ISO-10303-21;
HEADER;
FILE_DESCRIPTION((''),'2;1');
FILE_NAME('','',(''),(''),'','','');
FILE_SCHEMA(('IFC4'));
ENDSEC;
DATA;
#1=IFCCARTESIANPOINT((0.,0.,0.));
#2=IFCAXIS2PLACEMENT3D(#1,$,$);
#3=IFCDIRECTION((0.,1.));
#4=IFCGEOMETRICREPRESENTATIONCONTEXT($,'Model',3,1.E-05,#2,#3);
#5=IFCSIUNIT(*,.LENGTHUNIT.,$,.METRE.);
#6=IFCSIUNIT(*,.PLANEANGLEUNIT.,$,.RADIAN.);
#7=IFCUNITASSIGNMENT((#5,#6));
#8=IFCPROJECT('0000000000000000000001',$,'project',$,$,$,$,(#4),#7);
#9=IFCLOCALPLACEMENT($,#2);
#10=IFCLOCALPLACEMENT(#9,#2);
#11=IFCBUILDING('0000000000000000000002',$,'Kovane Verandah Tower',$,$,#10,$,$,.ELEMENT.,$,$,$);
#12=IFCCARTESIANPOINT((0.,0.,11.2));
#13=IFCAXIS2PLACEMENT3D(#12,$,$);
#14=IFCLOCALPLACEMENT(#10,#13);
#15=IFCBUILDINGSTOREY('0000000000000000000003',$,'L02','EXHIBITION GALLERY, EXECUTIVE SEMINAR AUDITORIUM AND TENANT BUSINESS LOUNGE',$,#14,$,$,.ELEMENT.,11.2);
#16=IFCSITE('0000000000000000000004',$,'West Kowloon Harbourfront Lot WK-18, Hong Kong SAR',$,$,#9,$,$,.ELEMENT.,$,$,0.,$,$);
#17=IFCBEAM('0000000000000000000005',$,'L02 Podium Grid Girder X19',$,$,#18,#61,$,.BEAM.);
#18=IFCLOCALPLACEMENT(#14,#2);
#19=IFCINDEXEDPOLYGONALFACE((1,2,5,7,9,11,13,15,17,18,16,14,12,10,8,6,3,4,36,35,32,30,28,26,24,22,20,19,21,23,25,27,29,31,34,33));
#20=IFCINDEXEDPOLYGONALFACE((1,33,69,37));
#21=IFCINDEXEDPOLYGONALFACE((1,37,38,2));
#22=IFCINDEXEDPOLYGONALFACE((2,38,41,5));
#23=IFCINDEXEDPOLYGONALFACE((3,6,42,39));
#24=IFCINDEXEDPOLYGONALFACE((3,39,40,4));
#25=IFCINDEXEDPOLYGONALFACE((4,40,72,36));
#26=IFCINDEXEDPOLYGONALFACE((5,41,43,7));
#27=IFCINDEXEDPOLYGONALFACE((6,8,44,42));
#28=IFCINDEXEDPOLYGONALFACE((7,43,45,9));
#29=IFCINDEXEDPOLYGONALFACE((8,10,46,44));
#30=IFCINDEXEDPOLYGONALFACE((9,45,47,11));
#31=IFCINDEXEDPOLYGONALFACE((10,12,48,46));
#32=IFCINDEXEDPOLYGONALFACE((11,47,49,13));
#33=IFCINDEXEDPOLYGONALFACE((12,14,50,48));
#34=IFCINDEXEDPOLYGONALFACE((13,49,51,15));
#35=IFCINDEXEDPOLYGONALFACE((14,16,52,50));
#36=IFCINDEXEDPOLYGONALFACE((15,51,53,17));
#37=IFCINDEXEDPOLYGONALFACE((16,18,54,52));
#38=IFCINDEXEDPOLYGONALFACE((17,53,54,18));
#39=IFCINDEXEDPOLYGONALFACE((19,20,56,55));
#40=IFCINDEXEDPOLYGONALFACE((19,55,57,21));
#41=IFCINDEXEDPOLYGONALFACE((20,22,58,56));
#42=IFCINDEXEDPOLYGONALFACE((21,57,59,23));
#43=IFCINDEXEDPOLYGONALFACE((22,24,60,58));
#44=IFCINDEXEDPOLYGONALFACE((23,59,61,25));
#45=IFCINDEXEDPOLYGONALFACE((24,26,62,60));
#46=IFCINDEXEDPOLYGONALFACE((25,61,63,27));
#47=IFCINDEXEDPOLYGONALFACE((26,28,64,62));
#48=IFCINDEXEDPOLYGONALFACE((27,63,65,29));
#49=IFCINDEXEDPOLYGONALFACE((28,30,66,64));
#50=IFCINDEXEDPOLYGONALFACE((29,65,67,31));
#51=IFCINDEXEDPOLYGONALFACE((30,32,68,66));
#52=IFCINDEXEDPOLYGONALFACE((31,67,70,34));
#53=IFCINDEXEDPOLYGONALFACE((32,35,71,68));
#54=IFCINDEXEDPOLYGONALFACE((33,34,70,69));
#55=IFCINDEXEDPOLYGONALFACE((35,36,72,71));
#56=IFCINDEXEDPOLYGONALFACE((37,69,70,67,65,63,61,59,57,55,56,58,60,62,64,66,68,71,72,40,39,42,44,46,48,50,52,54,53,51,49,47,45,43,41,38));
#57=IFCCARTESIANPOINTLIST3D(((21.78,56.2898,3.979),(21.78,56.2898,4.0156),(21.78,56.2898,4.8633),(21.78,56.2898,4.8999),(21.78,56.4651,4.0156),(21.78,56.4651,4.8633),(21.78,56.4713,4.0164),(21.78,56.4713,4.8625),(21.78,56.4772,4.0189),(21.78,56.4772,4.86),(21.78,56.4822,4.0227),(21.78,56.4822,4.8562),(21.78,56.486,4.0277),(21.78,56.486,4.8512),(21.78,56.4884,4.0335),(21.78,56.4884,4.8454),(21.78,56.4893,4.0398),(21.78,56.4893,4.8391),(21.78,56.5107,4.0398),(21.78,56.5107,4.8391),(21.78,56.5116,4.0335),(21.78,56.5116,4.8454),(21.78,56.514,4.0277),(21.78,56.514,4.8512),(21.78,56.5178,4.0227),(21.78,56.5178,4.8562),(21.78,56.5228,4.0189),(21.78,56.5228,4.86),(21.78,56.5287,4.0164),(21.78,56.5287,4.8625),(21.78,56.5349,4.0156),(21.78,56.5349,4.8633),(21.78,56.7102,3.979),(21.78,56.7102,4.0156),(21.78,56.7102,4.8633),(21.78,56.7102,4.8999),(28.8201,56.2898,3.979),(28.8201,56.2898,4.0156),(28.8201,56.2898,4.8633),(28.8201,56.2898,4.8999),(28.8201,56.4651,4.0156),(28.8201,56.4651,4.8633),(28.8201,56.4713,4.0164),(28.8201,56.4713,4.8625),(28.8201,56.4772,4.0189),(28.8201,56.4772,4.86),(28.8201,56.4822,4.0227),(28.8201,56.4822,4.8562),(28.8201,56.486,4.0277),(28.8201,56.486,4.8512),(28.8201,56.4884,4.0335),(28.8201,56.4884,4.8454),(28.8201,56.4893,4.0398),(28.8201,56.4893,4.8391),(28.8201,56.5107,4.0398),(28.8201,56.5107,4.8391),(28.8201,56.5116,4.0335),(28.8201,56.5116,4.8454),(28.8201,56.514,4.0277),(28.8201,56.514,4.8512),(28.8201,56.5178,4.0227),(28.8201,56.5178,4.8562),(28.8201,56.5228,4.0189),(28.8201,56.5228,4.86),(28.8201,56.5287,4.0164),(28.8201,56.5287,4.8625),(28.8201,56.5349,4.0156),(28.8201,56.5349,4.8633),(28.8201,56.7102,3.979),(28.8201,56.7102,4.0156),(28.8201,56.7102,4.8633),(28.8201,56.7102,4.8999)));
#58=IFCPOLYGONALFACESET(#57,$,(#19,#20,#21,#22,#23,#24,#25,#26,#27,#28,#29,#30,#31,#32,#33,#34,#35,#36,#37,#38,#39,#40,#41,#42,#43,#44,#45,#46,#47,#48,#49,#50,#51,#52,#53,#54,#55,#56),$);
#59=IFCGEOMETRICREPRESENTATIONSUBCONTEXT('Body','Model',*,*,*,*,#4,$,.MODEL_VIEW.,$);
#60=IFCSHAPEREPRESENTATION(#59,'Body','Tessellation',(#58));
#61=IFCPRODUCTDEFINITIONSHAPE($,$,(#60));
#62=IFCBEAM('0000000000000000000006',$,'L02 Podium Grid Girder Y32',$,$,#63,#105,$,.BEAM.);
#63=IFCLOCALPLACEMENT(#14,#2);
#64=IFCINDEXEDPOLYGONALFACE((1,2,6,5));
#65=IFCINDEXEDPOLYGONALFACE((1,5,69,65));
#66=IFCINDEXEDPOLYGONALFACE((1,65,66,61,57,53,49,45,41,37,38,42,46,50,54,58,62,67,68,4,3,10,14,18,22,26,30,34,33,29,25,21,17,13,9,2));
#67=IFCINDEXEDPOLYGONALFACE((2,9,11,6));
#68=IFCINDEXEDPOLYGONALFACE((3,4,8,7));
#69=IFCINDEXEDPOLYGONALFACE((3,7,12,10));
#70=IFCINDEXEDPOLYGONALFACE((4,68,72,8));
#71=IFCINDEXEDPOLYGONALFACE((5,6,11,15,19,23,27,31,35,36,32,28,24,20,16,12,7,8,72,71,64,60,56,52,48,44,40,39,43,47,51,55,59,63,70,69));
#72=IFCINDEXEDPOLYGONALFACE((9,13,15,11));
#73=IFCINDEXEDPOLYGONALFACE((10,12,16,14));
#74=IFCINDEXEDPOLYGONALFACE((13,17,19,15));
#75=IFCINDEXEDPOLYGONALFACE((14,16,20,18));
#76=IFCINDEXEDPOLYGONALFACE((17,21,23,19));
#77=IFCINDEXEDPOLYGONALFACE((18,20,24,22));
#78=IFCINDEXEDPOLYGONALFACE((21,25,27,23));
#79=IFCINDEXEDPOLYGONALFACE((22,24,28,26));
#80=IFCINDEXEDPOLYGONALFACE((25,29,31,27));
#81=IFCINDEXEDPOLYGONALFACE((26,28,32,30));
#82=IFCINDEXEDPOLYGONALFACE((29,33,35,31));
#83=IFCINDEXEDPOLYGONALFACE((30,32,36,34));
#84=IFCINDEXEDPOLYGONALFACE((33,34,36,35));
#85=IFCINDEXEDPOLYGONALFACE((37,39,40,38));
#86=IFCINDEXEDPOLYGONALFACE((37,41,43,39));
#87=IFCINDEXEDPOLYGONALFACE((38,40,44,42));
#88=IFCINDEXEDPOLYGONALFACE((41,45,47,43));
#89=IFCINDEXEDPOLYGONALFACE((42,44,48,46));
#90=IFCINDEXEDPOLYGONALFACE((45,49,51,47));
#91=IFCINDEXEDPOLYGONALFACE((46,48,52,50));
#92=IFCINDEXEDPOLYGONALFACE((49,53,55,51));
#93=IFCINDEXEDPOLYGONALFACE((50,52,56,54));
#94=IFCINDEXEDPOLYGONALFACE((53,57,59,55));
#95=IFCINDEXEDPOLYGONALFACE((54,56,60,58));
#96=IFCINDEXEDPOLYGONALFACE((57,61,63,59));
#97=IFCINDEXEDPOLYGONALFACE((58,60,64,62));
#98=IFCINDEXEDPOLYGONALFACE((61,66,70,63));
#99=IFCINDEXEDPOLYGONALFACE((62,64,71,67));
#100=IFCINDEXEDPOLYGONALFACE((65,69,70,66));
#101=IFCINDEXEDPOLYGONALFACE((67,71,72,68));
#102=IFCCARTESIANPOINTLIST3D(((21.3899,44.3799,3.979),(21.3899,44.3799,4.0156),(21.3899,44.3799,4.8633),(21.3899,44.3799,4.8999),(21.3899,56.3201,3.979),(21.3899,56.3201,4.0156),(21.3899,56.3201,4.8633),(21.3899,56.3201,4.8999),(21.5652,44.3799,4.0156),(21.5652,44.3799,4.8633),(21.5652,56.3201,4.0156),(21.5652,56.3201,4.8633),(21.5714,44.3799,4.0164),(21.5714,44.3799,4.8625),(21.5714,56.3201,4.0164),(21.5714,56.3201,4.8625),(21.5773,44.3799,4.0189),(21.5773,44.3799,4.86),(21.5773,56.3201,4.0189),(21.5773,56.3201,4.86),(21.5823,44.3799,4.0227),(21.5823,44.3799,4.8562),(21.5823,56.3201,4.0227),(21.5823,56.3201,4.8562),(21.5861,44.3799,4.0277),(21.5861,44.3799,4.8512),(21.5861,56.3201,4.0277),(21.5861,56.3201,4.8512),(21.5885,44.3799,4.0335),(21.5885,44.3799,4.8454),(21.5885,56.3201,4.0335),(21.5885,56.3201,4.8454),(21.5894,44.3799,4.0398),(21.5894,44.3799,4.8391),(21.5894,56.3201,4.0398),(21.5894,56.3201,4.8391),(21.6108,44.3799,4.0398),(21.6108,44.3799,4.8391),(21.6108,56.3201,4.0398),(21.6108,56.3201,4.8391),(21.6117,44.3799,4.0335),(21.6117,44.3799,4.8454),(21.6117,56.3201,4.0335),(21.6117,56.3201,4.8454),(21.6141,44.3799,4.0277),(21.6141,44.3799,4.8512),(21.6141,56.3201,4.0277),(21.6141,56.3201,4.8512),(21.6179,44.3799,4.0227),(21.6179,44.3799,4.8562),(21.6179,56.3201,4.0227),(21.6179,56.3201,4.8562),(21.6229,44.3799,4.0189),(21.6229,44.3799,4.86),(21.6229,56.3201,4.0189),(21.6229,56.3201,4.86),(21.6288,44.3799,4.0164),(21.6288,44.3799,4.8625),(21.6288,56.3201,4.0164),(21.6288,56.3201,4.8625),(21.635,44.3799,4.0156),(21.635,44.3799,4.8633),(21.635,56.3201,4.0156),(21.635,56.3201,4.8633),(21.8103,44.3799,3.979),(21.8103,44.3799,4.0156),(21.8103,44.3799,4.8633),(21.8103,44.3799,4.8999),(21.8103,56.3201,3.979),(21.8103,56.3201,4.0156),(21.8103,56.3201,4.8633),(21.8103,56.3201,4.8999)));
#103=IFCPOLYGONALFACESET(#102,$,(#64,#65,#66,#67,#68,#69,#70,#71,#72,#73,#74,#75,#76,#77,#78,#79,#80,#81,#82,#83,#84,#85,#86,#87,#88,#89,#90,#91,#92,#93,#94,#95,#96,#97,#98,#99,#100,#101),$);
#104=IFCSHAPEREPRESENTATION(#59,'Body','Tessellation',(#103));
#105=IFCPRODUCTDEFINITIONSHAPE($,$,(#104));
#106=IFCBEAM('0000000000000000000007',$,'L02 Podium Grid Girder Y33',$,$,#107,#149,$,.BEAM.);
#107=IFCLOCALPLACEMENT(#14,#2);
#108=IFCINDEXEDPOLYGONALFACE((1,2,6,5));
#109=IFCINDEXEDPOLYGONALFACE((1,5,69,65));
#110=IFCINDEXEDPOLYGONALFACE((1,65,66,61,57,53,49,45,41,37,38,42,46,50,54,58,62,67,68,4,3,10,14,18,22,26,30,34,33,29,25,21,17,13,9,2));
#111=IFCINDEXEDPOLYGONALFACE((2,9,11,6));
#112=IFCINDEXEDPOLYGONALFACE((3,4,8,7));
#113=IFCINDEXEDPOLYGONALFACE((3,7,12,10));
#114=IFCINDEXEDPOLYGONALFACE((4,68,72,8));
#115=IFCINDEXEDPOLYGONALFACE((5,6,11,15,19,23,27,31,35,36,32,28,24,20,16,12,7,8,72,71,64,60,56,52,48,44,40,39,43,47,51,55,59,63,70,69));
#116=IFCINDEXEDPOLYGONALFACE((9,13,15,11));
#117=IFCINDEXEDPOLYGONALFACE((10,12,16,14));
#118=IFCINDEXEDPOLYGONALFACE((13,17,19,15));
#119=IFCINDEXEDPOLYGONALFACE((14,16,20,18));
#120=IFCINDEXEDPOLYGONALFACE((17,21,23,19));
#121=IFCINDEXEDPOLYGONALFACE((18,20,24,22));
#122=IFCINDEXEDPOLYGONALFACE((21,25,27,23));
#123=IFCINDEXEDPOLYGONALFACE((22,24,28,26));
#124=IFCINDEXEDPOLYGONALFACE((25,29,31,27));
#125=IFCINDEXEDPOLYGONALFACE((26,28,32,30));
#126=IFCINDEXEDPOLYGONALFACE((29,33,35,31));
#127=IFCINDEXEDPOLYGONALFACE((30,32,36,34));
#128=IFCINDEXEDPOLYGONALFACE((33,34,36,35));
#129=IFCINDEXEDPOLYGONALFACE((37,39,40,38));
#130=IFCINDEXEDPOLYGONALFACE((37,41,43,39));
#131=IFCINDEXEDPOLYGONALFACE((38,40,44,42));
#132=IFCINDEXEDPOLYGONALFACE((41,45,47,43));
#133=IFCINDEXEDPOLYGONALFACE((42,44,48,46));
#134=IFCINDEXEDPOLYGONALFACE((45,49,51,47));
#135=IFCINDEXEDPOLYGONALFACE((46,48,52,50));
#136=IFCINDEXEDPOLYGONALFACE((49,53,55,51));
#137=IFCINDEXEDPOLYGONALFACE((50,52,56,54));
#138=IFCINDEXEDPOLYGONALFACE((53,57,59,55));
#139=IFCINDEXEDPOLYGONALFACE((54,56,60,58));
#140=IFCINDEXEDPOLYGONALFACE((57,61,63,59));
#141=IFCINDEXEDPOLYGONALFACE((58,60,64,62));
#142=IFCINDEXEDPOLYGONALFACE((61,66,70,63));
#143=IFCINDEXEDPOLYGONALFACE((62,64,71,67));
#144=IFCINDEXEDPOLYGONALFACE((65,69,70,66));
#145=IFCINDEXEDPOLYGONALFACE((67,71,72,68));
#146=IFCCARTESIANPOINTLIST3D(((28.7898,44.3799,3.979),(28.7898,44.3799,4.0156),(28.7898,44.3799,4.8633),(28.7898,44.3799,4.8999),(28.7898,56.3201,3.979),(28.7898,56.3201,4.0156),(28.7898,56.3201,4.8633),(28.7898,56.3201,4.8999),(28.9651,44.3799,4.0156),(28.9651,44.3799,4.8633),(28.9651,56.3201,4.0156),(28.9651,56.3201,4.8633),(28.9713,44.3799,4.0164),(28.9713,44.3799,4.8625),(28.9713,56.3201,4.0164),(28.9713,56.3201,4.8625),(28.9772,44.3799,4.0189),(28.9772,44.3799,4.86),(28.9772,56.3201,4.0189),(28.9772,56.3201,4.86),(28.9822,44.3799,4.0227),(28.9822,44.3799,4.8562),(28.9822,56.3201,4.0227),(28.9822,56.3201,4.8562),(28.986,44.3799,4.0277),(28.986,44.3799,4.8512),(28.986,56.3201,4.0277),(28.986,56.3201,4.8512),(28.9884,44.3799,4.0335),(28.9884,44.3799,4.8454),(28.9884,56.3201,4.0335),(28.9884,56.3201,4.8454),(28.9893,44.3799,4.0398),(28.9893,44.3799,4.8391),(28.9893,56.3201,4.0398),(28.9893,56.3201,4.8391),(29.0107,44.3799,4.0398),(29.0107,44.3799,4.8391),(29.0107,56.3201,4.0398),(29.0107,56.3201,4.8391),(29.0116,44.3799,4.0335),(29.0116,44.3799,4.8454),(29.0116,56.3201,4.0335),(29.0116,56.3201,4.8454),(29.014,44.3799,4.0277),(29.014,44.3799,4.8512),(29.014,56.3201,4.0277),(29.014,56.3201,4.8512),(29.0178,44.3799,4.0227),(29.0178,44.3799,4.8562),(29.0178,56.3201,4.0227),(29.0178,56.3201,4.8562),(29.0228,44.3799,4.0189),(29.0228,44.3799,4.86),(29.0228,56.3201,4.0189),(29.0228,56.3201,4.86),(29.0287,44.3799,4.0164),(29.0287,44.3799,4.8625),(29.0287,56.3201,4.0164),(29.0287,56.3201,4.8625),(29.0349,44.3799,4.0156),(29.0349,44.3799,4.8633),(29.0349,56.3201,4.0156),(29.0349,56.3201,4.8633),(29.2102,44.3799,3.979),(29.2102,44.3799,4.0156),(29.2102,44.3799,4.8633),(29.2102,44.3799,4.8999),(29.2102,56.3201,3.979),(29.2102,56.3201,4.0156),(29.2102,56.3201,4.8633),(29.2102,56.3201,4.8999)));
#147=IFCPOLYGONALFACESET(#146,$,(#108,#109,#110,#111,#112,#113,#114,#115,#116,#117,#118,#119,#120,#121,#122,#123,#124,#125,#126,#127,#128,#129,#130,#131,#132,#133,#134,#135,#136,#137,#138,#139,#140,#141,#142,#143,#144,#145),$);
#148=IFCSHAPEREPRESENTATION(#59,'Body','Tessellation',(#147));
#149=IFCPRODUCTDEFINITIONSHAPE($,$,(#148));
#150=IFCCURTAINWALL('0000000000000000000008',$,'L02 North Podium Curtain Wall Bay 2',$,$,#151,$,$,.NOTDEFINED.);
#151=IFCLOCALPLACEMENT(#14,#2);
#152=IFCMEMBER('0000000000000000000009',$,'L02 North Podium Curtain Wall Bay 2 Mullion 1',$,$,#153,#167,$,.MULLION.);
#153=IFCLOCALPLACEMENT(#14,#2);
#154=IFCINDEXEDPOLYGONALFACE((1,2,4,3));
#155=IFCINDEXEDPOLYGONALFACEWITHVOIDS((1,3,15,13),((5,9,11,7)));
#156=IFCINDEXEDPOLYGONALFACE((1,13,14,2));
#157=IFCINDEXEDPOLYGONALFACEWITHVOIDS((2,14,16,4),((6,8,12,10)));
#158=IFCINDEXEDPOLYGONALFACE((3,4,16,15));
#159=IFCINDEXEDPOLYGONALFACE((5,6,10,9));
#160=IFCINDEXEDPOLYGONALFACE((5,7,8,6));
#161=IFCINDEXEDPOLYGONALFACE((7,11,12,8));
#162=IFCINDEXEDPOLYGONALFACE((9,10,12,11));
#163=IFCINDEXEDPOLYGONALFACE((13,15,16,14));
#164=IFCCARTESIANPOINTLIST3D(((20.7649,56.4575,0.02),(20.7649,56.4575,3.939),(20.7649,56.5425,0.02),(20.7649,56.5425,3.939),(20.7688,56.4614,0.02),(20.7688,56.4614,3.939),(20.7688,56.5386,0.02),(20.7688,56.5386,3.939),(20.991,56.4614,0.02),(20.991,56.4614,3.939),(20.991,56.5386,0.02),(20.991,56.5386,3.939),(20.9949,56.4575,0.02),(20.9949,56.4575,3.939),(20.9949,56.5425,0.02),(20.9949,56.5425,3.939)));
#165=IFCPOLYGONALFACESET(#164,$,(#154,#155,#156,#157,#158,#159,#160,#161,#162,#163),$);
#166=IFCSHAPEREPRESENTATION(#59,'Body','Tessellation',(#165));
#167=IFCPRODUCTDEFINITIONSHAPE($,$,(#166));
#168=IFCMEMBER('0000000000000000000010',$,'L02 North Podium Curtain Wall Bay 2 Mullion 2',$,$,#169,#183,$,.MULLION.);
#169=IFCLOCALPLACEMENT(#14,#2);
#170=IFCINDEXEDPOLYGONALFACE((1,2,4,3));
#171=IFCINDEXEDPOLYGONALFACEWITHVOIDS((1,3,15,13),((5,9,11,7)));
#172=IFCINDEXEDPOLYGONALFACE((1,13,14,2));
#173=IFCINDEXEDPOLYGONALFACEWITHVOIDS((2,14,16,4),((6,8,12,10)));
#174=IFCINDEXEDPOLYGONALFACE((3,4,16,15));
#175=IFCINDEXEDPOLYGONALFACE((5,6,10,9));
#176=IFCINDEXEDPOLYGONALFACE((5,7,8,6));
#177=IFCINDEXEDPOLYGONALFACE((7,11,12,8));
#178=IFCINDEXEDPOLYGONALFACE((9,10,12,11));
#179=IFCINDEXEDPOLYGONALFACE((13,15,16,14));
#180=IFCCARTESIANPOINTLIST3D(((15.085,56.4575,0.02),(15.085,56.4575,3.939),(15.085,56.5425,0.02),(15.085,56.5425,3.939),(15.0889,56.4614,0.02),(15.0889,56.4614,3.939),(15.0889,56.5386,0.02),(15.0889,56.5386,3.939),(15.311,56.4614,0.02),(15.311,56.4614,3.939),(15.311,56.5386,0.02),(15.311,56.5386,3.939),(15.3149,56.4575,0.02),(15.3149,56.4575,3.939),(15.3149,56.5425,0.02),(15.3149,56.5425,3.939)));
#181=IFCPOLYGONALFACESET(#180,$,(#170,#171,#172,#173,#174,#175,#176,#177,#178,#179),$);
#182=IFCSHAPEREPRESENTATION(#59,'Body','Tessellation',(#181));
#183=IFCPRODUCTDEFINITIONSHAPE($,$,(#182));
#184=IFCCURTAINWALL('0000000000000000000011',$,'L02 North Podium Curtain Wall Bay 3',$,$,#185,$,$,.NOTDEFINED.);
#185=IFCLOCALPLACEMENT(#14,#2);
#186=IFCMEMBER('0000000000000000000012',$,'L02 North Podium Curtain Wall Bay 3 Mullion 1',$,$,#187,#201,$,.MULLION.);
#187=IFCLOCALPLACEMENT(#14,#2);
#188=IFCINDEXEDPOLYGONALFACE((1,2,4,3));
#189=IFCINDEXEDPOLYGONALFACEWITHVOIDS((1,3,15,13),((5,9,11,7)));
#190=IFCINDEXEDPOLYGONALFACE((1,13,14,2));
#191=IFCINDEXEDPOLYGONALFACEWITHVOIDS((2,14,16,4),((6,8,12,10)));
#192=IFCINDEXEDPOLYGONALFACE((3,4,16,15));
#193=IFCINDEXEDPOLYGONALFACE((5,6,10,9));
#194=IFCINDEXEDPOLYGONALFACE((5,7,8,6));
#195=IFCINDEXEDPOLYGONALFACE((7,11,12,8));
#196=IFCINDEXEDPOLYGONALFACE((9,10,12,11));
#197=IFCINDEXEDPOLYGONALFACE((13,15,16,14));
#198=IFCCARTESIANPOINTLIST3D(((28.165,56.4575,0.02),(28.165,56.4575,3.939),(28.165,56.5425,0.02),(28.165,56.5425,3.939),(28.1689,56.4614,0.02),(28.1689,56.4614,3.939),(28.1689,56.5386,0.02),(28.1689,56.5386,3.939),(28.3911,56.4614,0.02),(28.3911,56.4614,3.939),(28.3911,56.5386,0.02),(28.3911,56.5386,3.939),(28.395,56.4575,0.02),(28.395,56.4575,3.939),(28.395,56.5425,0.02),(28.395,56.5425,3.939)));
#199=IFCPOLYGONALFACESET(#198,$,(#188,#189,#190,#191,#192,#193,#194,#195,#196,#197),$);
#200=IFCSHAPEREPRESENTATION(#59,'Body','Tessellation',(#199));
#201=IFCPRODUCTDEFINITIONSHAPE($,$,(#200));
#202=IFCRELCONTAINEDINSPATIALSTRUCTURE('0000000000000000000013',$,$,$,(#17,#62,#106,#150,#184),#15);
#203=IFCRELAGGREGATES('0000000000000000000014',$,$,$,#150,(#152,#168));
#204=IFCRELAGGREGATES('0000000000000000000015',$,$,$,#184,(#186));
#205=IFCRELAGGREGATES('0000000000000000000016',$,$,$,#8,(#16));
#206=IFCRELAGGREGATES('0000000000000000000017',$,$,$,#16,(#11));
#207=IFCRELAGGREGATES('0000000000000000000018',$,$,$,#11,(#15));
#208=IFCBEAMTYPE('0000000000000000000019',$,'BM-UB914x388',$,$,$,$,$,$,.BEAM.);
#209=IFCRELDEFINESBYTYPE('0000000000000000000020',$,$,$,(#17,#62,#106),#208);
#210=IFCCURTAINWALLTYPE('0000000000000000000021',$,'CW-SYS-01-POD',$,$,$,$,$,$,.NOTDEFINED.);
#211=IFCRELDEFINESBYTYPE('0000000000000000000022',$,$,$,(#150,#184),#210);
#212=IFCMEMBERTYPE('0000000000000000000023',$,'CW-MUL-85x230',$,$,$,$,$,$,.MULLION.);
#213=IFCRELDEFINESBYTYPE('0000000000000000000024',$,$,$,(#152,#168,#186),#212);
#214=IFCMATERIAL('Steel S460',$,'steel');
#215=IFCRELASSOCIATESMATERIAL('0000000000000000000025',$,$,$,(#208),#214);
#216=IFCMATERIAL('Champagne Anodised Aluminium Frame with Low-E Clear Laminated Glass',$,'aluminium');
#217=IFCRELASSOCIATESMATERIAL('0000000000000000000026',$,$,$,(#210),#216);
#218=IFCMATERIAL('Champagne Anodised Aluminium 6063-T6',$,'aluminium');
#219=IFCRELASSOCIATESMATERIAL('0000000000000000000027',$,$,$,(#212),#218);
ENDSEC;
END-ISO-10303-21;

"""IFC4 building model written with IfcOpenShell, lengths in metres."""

from ifc_helpers import new_model, si_unit, direction, frame, origin, origin_2d, place, context, subcontext, project, spatial, hollow_rectangle, i_section, extrude, material, material_profile, profile_set, type_object, element, aggregate, save


model = new_model("IFC4")

# Units and contexts
model_context = context("Model", 3, precision=1e-05, world=origin(), true_north=direction((0.0, 1.0)))
body_context = subcontext(model_context, "Body", "Model", "MODEL_VIEW")
ifc_project = project(units=[si_unit("LENGTHUNIT", "METRE"), si_unit("PLANEANGLEUNIT", "RADIAN")], contexts=[model_context])

# Site, building, storey
site_placement = place(None, origin())
site = spatial("IfcSite", under=ifc_project, at=site_placement, Name="West Kowloon Harbourfront Lot WK-18, Hong Kong SAR", CompositionType="ELEMENT", RefElevation=0.0)
building_placement = place(site_placement, origin())
building = spatial("IfcBuilding", under=site, at=building_placement, Name="Kovane Verandah Tower", CompositionType="ELEMENT")
storey_placement = place(building_placement, frame((0.0, 0.0, 11.2)))
storey = spatial("IfcBuildingStorey", under=building, at=storey_placement, Name="L02", Description="EXHIBITION GALLERY, EXECUTIVE SEMINAR AUDITORIUM AND TENANT BUSINESS LOUNGE", CompositionType="ELEMENT", Elevation=11.2)

# Shared definitions
ifc_material_1 = material(Name="Steel S460", Category="steel")

# Beams
ifc_material_profile_1 = material_profile(ifc_material_1, i_section(OverallWidth=0.4204, OverallDepth=0.9209, WebThickness=0.0215, FlangeThickness=0.0366, FilletRadius=0.0242, at=origin_2d()), Name="UB914x419x388")
ifc_profile_set_1 = profile_set([ifc_material_profile_1], Name="Steel S460")
beam_type_1 = type_object("IfcBeamType", Name="BM-UB914x388", PredefinedType="BEAM", material=ifc_profile_set_1)
for number, where, z_axis, x_axis, name in (
    (1, (21.78, 56.5, 4.4395), (1.0, 0.0, 0.0), (0.0, 1.0, 0.0), "L02 Podium Grid Girder X19"),
):
    element("IfcBeam", number, at=place(storey_placement, frame(where, z_axis=z_axis, x_axis=x_axis)), inside=storey, type_object=beam_type_1, Name=name, PredefinedType="BEAM", context=body_context, shape_type="SweptSolid", body=[
        extrude(i_section(OverallWidth=0.4204, OverallDepth=0.9209, WebThickness=0.0215, FlangeThickness=0.0366, FilletRadius=0.0242, at=origin_2d()), origin(), (0.0, 0.0, 1.0), 7.04),
    ])
for number, where, z_axis, x_axis, name in (
    (2, (21.6001, 44.3799, 4.4395), (0.0, 1.0, 0.0), (-1.0, 0.0, 0.0), "L02 Podium Grid Girder Y32"),
    (3, (29.0, 44.3799, 4.4395), (0.0, 1.0, 0.0), (-1.0, 0.0, 0.0), "L02 Podium Grid Girder Y33"),
):
    element("IfcBeam", number, at=place(storey_placement, frame(where, z_axis=z_axis, x_axis=x_axis)), inside=storey, type_object=beam_type_1, Name=name, PredefinedType="BEAM", context=body_context, shape_type="SweptSolid", body=[
        extrude(i_section(OverallWidth=0.4204, OverallDepth=0.9209, WebThickness=0.0215, FlangeThickness=0.0366, FilletRadius=0.0242, at=origin_2d()), origin(), (0.0, 0.0, 1.0), 11.9402),
    ])

# Curtain walls, members
ifc_material_2 = material(Name="Champagne Anodised Aluminium Frame with Low-E Clear Laminated Glass", Category="aluminium")
curtain_wall_type = type_object("IfcCurtainWallType", Name="CW-SYS-01-POD", PredefinedType="NOTDEFINED", material=ifc_material_2)
curtain_wall_1_placement = place(storey_placement, origin())
curtain_wall_1 = element("IfcCurtainWall", 4, at=curtain_wall_1_placement, inside=storey, type_object=curtain_wall_type, Name="L02 North Podium Curtain Wall Bay 2", PredefinedType="NOTDEFINED")
ifc_material_3 = material(Name="Champagne Anodised Aluminium 6063-T6", Category="aluminium")
ifc_material_profile_2 = material_profile(ifc_material_3, hollow_rectangle(XDim=0.085, YDim=0.23, WallThickness=0.0039, at=origin_2d()), Name="AL85x230x4")
ifc_profile_set_2 = profile_set([ifc_material_profile_2], Name="Champagne Anodised Aluminium 6063-T6")
member_type_1 = type_object("IfcMemberType", Name="CW-MUL-85x230", PredefinedType="MULLION", material=ifc_profile_set_2)
member_1_placement = place(storey_placement, frame((20.8799, 56.5, 0.02), z_axis=(0.0, 0.0, 1.0), x_axis=(0.0, 1.0, 0.0)))
member_1 = element("IfcMember", 5, at=member_1_placement, type_object=member_type_1, Name="L02 North Podium Curtain Wall Bay 2 Mullion 1", PredefinedType="MULLION", context=body_context, shape_type="SweptSolid", body=[
    extrude(hollow_rectangle(XDim=0.085, YDim=0.23, WallThickness=0.0039, at=origin_2d()), origin(), (0.0, 0.0, 1.0), 3.9189),
])
member_2_placement = place(storey_placement, frame((15.2, 56.5, 0.02), z_axis=(0.0, 0.0, 1.0), x_axis=(0.0, 1.0, 0.0)))
member_2 = element("IfcMember", 6, at=member_2_placement, type_object=member_type_1, Name="L02 North Podium Curtain Wall Bay 2 Mullion 2", PredefinedType="MULLION", context=body_context, shape_type="SweptSolid", body=[
    extrude(hollow_rectangle(XDim=0.085, YDim=0.23, WallThickness=0.0039, at=origin_2d()), origin(), (0.0, 0.0, 1.0), 3.9189),
])
curtain_wall_2_placement = place(storey_placement, origin())
curtain_wall_2 = element("IfcCurtainWall", 7, at=curtain_wall_2_placement, inside=storey, type_object=curtain_wall_type, Name="L02 North Podium Curtain Wall Bay 3", PredefinedType="NOTDEFINED")
member_3_placement = place(storey_placement, frame((28.28, 56.5, 0.02), z_axis=(0.0, 0.0, 1.0), x_axis=(0.0, 1.0, 0.0)))
member_3 = element("IfcMember", 8, at=member_3_placement, type_object=member_type_1, Name="L02 North Podium Curtain Wall Bay 3 Mullion 1", PredefinedType="MULLION", context=body_context, shape_type="SweptSolid", body=[
    extrude(hollow_rectangle(XDim=0.085, YDim=0.23, WallThickness=0.0039, at=origin_2d()), origin(), (0.0, 0.0, 1.0), 3.9189),
])

aggregate(curtain_wall_1, [member_1, member_2])
aggregate(curtain_wall_2, [member_3])

save(model, "model.ifc")
